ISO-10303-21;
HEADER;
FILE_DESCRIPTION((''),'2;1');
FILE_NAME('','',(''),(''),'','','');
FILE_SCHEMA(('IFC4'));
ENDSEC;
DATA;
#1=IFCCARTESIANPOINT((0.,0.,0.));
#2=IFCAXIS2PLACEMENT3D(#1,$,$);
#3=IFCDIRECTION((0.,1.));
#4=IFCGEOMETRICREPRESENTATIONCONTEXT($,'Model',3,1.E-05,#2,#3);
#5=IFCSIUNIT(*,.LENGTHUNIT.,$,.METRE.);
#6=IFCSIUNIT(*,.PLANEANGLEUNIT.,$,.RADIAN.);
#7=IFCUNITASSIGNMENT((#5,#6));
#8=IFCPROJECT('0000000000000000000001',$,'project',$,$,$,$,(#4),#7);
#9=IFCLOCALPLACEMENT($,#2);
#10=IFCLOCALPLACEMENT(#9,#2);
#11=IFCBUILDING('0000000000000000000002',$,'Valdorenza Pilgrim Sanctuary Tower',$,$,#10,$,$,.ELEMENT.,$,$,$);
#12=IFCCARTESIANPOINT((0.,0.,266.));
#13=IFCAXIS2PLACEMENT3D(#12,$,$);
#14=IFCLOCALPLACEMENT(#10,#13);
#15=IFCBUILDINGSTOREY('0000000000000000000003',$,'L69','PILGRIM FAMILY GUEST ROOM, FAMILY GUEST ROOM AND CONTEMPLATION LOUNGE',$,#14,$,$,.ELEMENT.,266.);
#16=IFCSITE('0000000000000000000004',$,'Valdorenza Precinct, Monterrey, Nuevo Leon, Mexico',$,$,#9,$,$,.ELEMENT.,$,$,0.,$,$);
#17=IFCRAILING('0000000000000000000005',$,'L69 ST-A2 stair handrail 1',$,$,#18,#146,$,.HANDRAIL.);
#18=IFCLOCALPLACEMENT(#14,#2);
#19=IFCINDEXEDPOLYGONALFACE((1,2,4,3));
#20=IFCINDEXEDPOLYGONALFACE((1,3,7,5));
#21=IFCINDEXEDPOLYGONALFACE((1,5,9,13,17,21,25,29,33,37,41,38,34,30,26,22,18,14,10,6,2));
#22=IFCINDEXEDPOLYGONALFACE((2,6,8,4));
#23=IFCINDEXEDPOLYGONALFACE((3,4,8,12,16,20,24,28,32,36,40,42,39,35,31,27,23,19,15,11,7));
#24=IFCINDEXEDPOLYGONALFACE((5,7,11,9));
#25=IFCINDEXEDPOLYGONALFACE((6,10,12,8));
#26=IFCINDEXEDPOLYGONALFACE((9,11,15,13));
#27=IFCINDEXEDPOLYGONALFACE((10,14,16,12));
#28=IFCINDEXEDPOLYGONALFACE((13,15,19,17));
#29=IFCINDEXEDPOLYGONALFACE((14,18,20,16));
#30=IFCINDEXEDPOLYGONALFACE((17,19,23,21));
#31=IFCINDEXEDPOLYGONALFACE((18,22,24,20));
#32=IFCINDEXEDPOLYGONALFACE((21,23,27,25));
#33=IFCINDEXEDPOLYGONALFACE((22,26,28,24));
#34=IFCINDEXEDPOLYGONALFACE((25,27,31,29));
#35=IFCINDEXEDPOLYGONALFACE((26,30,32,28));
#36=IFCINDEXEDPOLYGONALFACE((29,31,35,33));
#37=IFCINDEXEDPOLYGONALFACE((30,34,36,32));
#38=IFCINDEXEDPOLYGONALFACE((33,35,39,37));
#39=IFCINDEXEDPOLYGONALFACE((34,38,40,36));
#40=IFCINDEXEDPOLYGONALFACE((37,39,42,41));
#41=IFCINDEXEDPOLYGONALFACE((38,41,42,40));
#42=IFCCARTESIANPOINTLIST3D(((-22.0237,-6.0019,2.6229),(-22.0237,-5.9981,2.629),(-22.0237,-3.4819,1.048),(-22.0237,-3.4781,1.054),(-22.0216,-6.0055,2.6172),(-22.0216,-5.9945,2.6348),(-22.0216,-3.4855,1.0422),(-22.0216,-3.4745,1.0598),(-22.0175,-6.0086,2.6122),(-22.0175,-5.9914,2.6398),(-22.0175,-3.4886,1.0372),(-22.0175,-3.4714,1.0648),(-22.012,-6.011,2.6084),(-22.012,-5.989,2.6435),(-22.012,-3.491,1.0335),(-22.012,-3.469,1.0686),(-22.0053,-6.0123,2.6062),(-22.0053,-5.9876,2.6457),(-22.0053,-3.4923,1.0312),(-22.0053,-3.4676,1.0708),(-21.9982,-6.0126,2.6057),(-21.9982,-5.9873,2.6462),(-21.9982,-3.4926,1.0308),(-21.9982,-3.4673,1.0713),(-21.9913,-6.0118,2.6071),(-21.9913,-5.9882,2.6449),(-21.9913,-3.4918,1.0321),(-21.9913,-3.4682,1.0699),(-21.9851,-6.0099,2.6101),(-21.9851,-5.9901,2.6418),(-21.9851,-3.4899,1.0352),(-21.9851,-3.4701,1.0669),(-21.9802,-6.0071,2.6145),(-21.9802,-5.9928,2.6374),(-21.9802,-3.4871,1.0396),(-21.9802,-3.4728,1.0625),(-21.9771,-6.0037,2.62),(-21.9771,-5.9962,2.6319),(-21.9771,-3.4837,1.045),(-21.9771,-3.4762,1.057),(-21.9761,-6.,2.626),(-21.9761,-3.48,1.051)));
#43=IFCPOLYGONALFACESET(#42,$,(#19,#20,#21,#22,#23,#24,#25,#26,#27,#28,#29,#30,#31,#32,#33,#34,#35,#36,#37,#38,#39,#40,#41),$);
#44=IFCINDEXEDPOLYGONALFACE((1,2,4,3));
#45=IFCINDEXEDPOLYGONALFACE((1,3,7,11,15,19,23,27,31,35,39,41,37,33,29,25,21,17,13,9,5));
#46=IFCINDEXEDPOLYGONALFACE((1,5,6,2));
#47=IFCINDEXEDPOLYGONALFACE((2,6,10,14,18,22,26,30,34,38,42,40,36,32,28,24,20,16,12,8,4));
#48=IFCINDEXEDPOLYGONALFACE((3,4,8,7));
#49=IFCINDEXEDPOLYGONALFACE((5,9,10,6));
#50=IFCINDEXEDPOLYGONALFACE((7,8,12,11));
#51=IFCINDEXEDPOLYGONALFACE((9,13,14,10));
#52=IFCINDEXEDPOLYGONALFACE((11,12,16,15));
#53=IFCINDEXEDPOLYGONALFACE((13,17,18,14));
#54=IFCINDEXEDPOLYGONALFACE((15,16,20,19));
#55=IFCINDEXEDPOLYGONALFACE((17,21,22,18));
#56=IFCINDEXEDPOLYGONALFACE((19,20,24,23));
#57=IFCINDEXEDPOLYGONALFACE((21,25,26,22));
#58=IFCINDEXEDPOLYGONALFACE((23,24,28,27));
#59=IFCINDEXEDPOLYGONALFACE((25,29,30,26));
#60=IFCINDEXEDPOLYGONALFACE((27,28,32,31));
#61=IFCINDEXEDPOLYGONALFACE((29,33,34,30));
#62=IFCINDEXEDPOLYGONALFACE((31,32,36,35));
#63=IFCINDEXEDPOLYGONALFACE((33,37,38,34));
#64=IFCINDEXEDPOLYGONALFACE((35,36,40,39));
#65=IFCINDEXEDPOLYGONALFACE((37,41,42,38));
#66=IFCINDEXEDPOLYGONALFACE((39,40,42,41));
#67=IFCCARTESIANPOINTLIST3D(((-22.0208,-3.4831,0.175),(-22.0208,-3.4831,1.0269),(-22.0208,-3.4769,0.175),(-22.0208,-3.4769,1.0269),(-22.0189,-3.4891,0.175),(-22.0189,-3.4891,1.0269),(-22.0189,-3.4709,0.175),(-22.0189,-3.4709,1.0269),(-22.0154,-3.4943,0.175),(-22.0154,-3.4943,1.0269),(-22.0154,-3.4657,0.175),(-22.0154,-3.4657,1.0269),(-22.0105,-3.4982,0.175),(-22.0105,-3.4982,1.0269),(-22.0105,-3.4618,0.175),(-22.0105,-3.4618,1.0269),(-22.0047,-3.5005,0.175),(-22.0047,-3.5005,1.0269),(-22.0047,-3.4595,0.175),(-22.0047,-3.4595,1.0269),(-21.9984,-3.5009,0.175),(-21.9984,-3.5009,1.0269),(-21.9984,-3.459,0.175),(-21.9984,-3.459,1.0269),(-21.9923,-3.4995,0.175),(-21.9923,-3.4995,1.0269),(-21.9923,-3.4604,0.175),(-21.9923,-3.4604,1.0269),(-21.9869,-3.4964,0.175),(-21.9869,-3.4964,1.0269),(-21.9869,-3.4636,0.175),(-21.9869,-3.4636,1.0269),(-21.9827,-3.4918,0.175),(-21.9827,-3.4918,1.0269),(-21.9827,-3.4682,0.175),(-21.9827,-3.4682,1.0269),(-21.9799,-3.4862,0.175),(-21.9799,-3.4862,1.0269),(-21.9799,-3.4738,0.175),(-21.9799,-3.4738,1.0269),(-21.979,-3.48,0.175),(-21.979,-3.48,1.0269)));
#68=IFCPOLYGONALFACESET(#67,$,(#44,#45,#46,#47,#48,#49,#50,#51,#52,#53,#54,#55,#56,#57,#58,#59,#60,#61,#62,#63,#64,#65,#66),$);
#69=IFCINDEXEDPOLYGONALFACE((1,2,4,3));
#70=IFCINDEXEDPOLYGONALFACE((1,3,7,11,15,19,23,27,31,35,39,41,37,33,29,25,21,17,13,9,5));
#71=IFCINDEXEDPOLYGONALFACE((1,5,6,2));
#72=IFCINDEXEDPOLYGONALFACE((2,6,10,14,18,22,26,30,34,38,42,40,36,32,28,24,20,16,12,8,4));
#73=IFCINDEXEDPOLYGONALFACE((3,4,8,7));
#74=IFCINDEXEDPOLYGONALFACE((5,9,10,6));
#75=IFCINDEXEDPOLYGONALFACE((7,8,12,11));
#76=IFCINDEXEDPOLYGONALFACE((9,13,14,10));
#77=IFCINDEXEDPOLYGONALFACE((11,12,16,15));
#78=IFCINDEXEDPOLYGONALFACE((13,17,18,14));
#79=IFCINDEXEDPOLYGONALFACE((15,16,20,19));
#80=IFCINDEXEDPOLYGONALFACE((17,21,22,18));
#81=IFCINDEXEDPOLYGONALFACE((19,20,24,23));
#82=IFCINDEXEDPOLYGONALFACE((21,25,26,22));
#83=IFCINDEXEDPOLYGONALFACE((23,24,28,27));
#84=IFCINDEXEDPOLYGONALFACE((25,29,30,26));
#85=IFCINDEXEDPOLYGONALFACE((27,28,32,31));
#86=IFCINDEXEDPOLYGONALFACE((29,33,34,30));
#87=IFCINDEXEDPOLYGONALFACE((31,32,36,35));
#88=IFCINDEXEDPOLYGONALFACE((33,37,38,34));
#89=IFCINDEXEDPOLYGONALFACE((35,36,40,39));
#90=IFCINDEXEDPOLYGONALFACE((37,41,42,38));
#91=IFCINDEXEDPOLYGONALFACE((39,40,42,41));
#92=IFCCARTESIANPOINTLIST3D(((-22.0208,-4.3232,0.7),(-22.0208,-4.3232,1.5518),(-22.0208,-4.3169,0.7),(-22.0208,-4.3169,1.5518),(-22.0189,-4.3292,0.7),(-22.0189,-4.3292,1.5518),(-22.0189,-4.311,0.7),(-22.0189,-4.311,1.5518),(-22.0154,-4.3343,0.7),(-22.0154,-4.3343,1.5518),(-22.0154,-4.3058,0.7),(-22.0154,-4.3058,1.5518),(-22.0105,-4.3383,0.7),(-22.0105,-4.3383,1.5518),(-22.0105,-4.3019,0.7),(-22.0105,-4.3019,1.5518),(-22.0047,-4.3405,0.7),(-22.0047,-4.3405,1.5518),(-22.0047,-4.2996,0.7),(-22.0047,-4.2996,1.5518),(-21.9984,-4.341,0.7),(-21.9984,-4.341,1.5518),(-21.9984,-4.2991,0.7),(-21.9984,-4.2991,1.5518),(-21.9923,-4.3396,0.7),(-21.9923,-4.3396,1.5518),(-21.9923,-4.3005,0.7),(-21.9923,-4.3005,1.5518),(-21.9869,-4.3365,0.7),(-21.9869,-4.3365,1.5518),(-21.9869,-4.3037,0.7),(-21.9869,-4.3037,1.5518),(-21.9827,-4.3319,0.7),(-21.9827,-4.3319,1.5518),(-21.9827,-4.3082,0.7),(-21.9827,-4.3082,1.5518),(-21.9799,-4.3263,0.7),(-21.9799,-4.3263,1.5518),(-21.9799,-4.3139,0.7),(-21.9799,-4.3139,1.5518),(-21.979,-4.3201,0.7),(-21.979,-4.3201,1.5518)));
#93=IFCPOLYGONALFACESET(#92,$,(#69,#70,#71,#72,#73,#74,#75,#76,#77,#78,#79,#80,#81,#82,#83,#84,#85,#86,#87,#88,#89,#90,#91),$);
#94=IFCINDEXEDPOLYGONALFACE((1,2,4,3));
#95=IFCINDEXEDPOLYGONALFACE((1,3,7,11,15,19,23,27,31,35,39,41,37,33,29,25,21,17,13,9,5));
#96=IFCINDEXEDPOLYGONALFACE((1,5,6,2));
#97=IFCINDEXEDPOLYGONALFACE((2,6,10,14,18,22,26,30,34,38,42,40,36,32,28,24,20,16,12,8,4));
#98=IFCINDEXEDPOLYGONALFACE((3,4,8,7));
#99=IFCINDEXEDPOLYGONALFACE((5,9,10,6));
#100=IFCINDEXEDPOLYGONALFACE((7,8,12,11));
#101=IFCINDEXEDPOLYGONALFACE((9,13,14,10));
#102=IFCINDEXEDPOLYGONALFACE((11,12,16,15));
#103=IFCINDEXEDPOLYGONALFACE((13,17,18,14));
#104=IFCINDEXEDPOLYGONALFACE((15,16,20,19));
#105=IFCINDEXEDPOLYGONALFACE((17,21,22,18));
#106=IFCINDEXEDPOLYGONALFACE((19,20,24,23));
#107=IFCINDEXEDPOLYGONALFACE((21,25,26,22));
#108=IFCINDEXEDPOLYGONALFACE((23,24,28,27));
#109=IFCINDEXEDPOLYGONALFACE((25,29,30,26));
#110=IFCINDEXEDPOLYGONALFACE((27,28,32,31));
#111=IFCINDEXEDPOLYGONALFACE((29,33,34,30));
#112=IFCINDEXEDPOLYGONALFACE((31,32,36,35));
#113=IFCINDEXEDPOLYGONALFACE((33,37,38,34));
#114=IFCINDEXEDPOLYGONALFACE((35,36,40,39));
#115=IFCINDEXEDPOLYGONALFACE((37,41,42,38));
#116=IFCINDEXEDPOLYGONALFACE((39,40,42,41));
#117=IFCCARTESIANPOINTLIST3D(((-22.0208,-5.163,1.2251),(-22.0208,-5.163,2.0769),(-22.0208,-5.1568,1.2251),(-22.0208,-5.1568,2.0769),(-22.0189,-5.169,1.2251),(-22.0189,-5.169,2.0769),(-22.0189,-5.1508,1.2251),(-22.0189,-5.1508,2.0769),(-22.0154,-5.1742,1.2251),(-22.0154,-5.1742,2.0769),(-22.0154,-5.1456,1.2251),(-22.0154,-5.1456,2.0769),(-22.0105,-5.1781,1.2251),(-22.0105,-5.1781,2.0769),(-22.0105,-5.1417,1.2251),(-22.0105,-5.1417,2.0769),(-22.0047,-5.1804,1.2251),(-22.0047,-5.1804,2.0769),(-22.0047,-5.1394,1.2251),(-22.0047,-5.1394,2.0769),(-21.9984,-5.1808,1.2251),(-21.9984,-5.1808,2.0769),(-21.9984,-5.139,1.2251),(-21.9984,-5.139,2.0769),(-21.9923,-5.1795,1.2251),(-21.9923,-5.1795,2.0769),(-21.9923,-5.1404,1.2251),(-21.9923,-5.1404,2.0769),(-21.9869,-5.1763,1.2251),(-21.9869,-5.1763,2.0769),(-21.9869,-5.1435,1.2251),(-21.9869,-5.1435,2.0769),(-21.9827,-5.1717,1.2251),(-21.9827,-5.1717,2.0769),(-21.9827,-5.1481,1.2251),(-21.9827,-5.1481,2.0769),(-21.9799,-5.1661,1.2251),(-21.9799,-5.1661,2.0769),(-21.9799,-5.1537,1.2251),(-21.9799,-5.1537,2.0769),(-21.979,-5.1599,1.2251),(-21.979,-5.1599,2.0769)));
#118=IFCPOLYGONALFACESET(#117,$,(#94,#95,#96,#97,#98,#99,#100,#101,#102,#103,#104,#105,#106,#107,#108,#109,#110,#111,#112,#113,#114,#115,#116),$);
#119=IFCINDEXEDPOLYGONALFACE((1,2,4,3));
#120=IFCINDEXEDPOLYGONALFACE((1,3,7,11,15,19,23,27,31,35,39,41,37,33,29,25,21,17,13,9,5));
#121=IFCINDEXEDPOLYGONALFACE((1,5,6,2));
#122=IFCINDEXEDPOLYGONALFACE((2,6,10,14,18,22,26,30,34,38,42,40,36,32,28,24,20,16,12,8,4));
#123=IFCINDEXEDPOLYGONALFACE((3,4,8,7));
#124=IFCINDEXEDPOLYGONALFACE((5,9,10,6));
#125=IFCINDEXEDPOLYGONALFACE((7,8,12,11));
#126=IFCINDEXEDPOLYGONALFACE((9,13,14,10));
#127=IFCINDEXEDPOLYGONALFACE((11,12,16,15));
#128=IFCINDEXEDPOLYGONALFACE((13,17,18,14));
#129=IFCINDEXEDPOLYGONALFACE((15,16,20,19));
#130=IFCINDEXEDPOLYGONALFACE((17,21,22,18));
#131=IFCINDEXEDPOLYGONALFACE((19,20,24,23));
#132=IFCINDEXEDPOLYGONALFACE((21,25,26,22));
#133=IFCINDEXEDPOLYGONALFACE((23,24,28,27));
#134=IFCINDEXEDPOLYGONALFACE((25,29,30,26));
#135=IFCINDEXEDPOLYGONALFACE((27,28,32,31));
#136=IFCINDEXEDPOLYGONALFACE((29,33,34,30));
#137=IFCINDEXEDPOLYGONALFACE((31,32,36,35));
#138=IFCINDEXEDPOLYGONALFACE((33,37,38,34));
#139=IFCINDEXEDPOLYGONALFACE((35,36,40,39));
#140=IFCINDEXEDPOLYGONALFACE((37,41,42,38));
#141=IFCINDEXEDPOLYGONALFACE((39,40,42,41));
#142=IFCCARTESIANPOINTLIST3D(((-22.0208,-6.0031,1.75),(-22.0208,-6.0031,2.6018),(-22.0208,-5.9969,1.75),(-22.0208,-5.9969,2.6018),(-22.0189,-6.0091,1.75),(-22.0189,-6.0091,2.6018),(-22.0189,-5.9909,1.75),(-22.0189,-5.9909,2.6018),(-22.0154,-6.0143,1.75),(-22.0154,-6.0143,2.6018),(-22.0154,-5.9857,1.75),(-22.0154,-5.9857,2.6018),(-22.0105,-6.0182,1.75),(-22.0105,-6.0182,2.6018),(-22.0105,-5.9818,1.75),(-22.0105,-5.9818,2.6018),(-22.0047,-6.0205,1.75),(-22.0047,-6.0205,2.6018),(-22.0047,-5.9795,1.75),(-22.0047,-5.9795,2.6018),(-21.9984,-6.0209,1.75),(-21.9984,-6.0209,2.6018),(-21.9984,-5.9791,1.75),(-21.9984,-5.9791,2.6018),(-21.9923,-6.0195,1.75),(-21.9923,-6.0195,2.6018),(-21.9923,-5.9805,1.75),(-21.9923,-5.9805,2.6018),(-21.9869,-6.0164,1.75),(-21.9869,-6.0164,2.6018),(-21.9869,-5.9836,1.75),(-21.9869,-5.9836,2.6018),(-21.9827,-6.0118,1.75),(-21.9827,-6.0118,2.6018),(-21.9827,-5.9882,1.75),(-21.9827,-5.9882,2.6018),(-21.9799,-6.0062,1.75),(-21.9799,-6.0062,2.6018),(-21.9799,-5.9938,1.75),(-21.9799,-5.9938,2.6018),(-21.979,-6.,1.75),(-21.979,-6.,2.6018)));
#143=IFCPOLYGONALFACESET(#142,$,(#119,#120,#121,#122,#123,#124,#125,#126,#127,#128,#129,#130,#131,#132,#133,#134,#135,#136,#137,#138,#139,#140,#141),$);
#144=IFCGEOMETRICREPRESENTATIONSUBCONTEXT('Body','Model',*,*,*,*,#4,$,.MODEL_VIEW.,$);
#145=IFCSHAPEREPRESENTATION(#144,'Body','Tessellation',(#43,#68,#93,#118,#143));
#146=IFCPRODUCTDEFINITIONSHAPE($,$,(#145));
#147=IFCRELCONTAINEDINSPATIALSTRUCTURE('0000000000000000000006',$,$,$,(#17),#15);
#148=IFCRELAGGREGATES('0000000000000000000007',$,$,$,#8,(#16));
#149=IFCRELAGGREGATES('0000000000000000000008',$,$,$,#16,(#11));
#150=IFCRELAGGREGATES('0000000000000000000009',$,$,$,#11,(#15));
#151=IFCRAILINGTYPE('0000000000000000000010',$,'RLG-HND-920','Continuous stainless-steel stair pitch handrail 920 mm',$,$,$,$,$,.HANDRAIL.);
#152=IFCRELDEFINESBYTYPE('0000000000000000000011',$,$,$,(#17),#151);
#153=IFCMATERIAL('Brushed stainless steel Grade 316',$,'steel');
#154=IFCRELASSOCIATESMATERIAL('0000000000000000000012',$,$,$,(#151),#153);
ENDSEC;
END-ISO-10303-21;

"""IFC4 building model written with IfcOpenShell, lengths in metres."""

from ifc_helpers import new_model, si_unit, direction, frame, origin, origin_2d, place, context, subcontext, project, spatial, circle, extrude, material, type_object, element, save


model = new_model("IFC4")

# Units and contexts
model_context = context("Model", 3, precision=1e-05, world=origin(), true_north=direction((0.0, 1.0)))
body_context = subcontext(model_context, "Body", "Model", "MODEL_VIEW")
ifc_project = project(units=[si_unit("LENGTHUNIT", "METRE"), si_unit("PLANEANGLEUNIT", "RADIAN")], contexts=[model_context])

# Site, building, storey
site_placement = place(None, origin())
site = spatial("IfcSite", under=ifc_project, at=site_placement, Name="Valdorenza Precinct, Monterrey, Nuevo Leon, Mexico", CompositionType="ELEMENT", RefElevation=0.0)
building_placement = place(site_placement, origin())
building = spatial("IfcBuilding", under=site, at=building_placement, Name="Valdorenza Pilgrim Sanctuary Tower", CompositionType="ELEMENT")
storey_placement = place(building_placement, frame((0.0, 0.0, 266.0)))
storey = spatial("IfcBuildingStorey", under=building, at=storey_placement, Name="L69", Description="PILGRIM FAMILY GUEST ROOM, FAMILY GUEST ROOM AND CONTEMPLATION LOUNGE", CompositionType="ELEMENT", Elevation=266.0)

# Shared definitions
ifc_material_1 = material(Name="Brushed stainless steel Grade 316", Category="steel")

# Railing
railing_type_1 = type_object("IfcRailingType", Name="RLG-HND-920", Description="Continuous stainless-steel stair pitch handrail 920 mm", PredefinedType="HANDRAIL", material=ifc_material_1)
railing_1_placement = place(storey_placement, frame((-22.0, -3.48, 0.175)))
element("IfcRailing", 1, at=railing_1_placement, inside=storey, type_object=railing_type_1, Name="L69 ST-A2 stair handrail 1", PredefinedType="HANDRAIL", context=body_context, shape_type="SweptSolid", body=[
    extrude(circle(Radius=0.0239, at=origin_2d()), frame((0.0, 0.0, 0.876), z_axis=(0.0, -0.848008, 0.529984), x_axis=(1.0, 0.0, 0.0)), (0.0, 0.0, 1.0), 2.9717),
    extrude(circle(Radius=0.021, at=origin_2d()), origin(), (0.0, 0.0, 1.0), 0.8518),
    extrude(circle(Radius=0.021, at=origin_2d()), frame((0.0, -0.8401, 0.5249)), (0.0, 0.0, 1.0), 0.8518),
    extrude(circle(Radius=0.021, at=origin_2d()), frame((0.0, -1.6799, 1.05)), (0.0, 0.0, 1.0), 0.8518),
    extrude(circle(Radius=0.021, at=origin_2d()), frame((0.0, -2.52, 1.575)), (0.0, 0.0, 1.0), 0.8518),
])

save(model, "model.ifc")
